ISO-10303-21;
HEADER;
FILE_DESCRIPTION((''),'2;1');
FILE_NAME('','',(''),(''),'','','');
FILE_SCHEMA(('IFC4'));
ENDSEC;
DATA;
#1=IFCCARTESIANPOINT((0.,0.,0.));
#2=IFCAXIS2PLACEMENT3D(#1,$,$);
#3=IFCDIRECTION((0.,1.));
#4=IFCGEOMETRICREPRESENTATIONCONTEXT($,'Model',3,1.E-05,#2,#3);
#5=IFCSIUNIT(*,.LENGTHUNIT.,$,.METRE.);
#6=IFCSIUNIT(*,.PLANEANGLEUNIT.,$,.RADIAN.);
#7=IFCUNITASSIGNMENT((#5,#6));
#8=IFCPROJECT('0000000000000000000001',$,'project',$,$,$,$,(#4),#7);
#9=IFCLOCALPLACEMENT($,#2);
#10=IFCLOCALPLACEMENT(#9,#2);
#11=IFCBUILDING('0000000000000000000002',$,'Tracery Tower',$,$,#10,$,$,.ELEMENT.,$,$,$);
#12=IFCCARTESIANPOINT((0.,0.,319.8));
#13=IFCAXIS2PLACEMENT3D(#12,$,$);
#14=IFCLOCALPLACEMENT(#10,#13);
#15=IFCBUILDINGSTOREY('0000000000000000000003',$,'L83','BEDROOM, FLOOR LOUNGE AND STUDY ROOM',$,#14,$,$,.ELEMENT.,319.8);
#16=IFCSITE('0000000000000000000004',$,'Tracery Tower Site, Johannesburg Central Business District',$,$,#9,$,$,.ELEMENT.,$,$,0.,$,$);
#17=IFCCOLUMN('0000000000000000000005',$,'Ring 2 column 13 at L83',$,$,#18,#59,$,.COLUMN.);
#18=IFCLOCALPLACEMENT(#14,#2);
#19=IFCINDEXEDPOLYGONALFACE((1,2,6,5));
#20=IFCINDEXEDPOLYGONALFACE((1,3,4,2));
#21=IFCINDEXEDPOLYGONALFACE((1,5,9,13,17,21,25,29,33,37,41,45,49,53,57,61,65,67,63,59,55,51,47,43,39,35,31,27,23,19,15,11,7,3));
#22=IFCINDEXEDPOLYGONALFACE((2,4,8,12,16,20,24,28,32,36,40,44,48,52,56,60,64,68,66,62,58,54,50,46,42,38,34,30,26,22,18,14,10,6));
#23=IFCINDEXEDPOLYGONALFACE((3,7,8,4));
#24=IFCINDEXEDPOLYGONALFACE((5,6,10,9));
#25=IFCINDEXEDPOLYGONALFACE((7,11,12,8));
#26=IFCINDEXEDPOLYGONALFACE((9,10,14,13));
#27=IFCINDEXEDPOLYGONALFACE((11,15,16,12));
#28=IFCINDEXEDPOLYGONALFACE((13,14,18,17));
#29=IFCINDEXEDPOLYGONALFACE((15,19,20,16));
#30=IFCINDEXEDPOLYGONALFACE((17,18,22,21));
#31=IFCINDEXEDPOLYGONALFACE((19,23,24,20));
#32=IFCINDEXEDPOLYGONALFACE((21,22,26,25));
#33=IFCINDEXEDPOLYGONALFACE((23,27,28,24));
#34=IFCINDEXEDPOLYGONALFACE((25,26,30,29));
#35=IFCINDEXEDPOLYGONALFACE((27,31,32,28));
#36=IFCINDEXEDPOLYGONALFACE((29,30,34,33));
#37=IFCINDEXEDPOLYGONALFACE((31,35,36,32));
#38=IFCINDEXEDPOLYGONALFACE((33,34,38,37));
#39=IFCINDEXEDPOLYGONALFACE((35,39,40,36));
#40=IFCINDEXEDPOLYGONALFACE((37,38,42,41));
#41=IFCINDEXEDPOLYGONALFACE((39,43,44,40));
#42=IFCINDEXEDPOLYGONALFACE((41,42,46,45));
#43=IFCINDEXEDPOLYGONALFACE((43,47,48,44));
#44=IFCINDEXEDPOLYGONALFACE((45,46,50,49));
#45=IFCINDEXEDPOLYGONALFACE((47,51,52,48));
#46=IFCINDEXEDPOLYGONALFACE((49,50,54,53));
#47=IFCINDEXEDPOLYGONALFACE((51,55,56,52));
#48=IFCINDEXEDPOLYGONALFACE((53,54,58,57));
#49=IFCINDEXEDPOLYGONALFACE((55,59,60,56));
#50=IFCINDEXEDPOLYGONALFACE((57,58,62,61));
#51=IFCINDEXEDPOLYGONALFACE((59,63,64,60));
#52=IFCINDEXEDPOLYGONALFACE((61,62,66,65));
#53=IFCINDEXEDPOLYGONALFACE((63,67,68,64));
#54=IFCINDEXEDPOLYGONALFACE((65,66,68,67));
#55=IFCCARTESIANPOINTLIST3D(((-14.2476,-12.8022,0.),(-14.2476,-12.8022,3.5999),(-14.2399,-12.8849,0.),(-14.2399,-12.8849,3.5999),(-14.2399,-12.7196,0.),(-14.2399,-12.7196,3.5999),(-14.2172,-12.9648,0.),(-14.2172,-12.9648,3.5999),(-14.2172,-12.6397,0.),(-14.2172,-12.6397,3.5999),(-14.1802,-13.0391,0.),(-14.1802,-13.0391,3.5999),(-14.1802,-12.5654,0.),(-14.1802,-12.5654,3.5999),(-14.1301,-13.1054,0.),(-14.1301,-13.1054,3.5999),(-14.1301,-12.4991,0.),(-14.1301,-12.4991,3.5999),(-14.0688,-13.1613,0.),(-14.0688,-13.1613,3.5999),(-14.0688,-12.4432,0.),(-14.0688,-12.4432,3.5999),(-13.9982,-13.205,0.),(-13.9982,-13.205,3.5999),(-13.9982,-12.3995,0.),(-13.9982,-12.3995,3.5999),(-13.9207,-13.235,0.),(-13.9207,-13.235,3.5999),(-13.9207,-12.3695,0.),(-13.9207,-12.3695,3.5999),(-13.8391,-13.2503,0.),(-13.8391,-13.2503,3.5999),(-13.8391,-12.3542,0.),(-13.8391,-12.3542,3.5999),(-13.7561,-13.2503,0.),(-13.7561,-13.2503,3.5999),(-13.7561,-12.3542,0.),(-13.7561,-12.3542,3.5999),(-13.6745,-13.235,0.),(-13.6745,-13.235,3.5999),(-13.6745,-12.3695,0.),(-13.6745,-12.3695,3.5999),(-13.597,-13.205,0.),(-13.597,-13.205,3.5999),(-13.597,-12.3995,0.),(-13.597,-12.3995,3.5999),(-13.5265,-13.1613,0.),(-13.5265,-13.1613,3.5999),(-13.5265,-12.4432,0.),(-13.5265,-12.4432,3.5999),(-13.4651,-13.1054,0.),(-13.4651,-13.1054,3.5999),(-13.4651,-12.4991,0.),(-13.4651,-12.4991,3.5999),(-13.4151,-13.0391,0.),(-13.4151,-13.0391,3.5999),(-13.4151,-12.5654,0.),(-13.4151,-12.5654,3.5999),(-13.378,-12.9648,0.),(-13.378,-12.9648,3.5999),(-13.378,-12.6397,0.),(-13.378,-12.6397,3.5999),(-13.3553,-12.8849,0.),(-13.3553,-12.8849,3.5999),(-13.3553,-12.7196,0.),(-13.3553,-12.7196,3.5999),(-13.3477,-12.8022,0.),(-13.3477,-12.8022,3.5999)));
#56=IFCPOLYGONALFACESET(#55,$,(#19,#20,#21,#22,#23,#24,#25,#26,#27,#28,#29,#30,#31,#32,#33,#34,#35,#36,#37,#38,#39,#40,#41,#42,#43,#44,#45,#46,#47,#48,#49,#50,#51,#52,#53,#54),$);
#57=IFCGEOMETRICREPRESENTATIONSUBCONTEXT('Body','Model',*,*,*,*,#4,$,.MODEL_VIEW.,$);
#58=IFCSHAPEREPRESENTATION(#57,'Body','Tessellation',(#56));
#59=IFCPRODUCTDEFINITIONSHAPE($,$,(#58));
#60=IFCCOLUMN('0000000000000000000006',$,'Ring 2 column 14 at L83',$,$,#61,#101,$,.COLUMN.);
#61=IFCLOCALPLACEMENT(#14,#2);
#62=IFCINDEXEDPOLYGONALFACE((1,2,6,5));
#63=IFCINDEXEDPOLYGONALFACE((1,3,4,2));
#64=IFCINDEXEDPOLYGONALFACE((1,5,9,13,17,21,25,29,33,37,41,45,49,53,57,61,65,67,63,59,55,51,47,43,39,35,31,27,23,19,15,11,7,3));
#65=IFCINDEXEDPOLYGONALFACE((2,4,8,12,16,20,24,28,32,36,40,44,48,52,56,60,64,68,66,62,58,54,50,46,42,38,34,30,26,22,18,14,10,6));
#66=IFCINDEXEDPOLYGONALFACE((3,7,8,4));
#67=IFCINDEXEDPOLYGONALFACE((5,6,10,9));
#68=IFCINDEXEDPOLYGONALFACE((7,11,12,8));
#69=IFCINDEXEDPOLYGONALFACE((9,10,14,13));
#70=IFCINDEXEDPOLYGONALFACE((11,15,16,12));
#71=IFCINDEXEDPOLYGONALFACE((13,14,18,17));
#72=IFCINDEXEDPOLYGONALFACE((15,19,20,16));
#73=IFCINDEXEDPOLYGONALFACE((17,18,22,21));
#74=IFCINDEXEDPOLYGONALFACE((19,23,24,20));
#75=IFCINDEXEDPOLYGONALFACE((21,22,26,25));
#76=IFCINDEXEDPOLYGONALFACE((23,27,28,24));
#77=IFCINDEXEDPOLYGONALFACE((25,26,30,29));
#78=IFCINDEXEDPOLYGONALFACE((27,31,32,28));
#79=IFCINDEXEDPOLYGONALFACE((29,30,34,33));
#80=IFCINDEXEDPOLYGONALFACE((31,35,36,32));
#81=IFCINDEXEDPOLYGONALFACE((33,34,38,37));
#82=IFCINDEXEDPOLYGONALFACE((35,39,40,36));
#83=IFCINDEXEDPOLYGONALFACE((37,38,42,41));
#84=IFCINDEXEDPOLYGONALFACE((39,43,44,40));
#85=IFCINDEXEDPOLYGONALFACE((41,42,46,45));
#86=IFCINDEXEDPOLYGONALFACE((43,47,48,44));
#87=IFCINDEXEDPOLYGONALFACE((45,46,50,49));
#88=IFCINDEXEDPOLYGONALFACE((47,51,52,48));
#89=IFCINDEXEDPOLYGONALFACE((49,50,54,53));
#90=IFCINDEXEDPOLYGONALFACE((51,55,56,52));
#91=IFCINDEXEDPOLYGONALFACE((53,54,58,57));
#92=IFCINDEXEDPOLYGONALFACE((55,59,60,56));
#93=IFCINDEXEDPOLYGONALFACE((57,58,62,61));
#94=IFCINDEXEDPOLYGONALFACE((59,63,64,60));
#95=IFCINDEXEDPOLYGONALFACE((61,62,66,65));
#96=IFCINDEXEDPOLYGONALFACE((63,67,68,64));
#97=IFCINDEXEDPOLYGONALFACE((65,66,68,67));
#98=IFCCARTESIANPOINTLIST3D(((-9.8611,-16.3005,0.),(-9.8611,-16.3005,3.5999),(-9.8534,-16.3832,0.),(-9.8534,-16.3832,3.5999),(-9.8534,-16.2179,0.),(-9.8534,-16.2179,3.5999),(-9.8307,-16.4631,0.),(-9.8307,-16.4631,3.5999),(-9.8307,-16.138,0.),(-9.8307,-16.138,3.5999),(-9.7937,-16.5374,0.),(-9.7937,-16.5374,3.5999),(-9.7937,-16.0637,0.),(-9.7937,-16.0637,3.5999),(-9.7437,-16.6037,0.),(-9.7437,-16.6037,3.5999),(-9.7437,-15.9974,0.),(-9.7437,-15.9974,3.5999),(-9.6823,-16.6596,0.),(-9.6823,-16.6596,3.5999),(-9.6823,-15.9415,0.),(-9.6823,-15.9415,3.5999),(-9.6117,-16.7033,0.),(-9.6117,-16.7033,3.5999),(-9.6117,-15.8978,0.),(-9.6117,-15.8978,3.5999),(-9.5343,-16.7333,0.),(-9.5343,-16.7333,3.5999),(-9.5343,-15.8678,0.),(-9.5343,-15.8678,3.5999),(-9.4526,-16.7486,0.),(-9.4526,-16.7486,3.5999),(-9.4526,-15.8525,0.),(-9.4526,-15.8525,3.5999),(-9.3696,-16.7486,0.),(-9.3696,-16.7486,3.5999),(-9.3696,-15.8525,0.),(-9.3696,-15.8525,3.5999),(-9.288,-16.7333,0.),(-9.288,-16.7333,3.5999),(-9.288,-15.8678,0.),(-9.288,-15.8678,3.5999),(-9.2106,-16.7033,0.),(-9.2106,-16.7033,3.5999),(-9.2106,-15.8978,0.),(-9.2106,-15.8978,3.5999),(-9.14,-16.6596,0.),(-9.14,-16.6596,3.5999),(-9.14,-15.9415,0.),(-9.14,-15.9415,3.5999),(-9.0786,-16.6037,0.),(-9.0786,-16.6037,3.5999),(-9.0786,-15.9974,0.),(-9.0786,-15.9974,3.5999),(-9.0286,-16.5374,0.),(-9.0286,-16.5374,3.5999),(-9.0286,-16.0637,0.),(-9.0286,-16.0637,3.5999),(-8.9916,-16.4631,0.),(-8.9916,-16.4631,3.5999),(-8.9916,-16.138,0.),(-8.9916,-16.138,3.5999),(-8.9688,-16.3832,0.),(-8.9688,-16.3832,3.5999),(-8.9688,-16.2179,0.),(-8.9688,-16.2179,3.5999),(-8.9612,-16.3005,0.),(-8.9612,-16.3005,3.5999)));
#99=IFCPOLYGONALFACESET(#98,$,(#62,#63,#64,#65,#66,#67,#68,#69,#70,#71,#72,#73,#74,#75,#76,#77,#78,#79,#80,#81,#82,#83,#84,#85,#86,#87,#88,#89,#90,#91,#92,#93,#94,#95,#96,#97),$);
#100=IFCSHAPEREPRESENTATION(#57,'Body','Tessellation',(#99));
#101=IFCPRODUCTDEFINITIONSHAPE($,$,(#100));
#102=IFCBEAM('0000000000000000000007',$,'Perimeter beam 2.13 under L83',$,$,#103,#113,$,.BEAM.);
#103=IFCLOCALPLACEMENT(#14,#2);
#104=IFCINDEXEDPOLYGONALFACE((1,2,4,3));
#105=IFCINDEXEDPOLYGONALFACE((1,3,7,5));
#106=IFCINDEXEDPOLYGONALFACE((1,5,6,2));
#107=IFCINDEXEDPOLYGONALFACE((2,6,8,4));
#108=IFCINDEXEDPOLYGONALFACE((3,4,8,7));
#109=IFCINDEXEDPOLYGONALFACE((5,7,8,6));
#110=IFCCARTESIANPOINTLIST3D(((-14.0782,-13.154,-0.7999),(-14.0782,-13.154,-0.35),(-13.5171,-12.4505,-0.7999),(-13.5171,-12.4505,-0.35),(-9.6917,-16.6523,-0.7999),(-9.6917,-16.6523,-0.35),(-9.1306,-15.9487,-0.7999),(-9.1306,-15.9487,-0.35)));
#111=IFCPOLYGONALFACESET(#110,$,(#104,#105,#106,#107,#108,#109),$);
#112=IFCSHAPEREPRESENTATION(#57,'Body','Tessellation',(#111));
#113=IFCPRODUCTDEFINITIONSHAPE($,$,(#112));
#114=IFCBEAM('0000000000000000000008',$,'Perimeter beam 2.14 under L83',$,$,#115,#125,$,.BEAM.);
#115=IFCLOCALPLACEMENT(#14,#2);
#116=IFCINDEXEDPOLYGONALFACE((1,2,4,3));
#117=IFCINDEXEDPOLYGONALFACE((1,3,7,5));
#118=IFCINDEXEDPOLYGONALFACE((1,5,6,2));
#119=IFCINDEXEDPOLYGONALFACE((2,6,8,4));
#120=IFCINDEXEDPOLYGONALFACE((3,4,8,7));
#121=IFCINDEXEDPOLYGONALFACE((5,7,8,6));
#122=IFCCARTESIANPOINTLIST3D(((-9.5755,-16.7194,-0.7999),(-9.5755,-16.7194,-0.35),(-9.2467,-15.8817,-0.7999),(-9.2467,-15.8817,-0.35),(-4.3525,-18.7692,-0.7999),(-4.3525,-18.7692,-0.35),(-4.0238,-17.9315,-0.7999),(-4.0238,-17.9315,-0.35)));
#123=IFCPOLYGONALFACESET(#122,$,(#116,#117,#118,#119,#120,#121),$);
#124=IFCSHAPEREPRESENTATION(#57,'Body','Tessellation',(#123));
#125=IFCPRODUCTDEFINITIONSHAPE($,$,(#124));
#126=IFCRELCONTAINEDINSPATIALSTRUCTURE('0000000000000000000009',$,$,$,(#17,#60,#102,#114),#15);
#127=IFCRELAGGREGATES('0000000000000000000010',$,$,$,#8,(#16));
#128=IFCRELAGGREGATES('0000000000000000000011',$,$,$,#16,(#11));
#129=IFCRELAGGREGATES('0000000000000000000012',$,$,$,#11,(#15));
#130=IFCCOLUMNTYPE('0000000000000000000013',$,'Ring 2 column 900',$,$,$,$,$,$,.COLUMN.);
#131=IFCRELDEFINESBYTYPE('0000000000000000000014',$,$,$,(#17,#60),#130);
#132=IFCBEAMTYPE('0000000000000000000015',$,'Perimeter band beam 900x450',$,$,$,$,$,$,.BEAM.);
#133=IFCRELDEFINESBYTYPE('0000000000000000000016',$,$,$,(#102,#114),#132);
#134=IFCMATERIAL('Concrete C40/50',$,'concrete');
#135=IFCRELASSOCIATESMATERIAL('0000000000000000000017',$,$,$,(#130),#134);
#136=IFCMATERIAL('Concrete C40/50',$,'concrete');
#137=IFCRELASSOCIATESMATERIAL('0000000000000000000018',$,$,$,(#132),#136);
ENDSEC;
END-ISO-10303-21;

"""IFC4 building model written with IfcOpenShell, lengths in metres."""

from ifc_helpers import new_model, si_unit, direction, frame, origin, origin_2d, place, context, subcontext, project, spatial, rectangle, circle, extrude, material, material_profile, profile_set, type_object, element, save


model = new_model("IFC4")

# Units and contexts
model_context = context("Model", 3, precision=1e-05, world=origin(), true_north=direction((0.0, 1.0)))
body_context = subcontext(model_context, "Body", "Model", "MODEL_VIEW")
ifc_project = project(units=[si_unit("LENGTHUNIT", "METRE"), si_unit("PLANEANGLEUNIT", "RADIAN")], contexts=[model_context])

# Site, building, storey
site_placement = place(None, origin())
site = spatial("IfcSite", under=ifc_project, at=site_placement, Name="Tracery Tower Site, Johannesburg Central Business District", CompositionType="ELEMENT", RefElevation=0.0)
building_placement = place(site_placement, origin())
building = spatial("IfcBuilding", under=site, at=building_placement, Name="Tracery Tower", CompositionType="ELEMENT")
storey_placement = place(building_placement, frame((0.0, 0.0, 319.8)))
storey = spatial("IfcBuildingStorey", under=building, at=storey_placement, Name="L83", Description="BEDROOM, FLOOR LOUNGE AND STUDY ROOM", CompositionType="ELEMENT", Elevation=319.8)

# Columns
ifc_material_1 = material(Name="Concrete C40/50", Category="concrete")
ifc_material_profile_1 = material_profile(ifc_material_1, circle(Radius=0.45, at=origin_2d()), Name="RC D900")
ifc_profile_set_1 = profile_set([ifc_material_profile_1], Name="Concrete C40/50")
column_type = type_object("IfcColumnType", Name="Ring 2 column 900", PredefinedType="COLUMN", material=ifc_profile_set_1)
for number, where, z_axis, x_axis, name in (
    (1, (-13.7976, -12.8022, 0.0), (0.0, 0.0, 1.0), (1.0, 0.0, 0.0), "Ring 2 column 13 at L83"),
    (2, (-9.4111, -16.3005, 0.0), (0.0, 0.0, 1.0), (1.0, 0.0, 0.0), "Ring 2 column 14 at L83"),
):
    element("IfcColumn", number, at=place(storey_placement, frame(where, z_axis=z_axis, x_axis=x_axis)), inside=storey, type_object=column_type, Name=name, PredefinedType="COLUMN", context=body_context, shape_type="SweptSolid", body=[
        extrude(circle(Radius=0.45, at=origin_2d()), origin(), (0.0, 0.0, 1.0), 3.5999),
    ])

# Beams
ifc_material_2 = material(Name="Concrete C40/50", Category="concrete")
ifc_material_profile_2 = material_profile(ifc_material_2, rectangle(XDim=0.8999, YDim=0.45, at=origin_2d()), Name="RC 900x450")
ifc_profile_set_2 = profile_set([ifc_material_profile_2], Name="Concrete C40/50")
beam_type = type_object("IfcBeamType", Name="Perimeter band beam 900x450", PredefinedType="BEAM", material=ifc_profile_set_2)
beam_1_placement = place(storey_placement, frame((-13.7976, -12.8022, -0.575), z_axis=(0.781815, -0.623511, 0.0), x_axis=(0.623511, 0.781815, 0.0)))
element("IfcBeam", 3, at=beam_1_placement, inside=storey, type_object=beam_type, Name="Perimeter beam 2.13 under L83", PredefinedType="BEAM", context=body_context, shape_type="SweptSolid", body=[
    extrude(rectangle(XDim=0.8999, YDim=0.45, at=origin_2d()), origin(), (0.0, 0.0, 1.0), 5.6106),
])
beam_2_placement = place(storey_placement, frame((-9.4111, -16.3005, -0.575), z_axis=(0.930876, -0.365336, 0.0), x_axis=(0.365336, 0.930876, 0.0)))
element("IfcBeam", 4, at=beam_2_placement, inside=storey, type_object=beam_type, Name="Perimeter beam 2.14 under L83", PredefinedType="BEAM", context=body_context, shape_type="SweptSolid", body=[
    extrude(rectangle(XDim=0.8999, YDim=0.45, at=origin_2d()), origin(), (0.0, 0.0, 1.0), 5.6108),
])

save(model, "model.ifc")
